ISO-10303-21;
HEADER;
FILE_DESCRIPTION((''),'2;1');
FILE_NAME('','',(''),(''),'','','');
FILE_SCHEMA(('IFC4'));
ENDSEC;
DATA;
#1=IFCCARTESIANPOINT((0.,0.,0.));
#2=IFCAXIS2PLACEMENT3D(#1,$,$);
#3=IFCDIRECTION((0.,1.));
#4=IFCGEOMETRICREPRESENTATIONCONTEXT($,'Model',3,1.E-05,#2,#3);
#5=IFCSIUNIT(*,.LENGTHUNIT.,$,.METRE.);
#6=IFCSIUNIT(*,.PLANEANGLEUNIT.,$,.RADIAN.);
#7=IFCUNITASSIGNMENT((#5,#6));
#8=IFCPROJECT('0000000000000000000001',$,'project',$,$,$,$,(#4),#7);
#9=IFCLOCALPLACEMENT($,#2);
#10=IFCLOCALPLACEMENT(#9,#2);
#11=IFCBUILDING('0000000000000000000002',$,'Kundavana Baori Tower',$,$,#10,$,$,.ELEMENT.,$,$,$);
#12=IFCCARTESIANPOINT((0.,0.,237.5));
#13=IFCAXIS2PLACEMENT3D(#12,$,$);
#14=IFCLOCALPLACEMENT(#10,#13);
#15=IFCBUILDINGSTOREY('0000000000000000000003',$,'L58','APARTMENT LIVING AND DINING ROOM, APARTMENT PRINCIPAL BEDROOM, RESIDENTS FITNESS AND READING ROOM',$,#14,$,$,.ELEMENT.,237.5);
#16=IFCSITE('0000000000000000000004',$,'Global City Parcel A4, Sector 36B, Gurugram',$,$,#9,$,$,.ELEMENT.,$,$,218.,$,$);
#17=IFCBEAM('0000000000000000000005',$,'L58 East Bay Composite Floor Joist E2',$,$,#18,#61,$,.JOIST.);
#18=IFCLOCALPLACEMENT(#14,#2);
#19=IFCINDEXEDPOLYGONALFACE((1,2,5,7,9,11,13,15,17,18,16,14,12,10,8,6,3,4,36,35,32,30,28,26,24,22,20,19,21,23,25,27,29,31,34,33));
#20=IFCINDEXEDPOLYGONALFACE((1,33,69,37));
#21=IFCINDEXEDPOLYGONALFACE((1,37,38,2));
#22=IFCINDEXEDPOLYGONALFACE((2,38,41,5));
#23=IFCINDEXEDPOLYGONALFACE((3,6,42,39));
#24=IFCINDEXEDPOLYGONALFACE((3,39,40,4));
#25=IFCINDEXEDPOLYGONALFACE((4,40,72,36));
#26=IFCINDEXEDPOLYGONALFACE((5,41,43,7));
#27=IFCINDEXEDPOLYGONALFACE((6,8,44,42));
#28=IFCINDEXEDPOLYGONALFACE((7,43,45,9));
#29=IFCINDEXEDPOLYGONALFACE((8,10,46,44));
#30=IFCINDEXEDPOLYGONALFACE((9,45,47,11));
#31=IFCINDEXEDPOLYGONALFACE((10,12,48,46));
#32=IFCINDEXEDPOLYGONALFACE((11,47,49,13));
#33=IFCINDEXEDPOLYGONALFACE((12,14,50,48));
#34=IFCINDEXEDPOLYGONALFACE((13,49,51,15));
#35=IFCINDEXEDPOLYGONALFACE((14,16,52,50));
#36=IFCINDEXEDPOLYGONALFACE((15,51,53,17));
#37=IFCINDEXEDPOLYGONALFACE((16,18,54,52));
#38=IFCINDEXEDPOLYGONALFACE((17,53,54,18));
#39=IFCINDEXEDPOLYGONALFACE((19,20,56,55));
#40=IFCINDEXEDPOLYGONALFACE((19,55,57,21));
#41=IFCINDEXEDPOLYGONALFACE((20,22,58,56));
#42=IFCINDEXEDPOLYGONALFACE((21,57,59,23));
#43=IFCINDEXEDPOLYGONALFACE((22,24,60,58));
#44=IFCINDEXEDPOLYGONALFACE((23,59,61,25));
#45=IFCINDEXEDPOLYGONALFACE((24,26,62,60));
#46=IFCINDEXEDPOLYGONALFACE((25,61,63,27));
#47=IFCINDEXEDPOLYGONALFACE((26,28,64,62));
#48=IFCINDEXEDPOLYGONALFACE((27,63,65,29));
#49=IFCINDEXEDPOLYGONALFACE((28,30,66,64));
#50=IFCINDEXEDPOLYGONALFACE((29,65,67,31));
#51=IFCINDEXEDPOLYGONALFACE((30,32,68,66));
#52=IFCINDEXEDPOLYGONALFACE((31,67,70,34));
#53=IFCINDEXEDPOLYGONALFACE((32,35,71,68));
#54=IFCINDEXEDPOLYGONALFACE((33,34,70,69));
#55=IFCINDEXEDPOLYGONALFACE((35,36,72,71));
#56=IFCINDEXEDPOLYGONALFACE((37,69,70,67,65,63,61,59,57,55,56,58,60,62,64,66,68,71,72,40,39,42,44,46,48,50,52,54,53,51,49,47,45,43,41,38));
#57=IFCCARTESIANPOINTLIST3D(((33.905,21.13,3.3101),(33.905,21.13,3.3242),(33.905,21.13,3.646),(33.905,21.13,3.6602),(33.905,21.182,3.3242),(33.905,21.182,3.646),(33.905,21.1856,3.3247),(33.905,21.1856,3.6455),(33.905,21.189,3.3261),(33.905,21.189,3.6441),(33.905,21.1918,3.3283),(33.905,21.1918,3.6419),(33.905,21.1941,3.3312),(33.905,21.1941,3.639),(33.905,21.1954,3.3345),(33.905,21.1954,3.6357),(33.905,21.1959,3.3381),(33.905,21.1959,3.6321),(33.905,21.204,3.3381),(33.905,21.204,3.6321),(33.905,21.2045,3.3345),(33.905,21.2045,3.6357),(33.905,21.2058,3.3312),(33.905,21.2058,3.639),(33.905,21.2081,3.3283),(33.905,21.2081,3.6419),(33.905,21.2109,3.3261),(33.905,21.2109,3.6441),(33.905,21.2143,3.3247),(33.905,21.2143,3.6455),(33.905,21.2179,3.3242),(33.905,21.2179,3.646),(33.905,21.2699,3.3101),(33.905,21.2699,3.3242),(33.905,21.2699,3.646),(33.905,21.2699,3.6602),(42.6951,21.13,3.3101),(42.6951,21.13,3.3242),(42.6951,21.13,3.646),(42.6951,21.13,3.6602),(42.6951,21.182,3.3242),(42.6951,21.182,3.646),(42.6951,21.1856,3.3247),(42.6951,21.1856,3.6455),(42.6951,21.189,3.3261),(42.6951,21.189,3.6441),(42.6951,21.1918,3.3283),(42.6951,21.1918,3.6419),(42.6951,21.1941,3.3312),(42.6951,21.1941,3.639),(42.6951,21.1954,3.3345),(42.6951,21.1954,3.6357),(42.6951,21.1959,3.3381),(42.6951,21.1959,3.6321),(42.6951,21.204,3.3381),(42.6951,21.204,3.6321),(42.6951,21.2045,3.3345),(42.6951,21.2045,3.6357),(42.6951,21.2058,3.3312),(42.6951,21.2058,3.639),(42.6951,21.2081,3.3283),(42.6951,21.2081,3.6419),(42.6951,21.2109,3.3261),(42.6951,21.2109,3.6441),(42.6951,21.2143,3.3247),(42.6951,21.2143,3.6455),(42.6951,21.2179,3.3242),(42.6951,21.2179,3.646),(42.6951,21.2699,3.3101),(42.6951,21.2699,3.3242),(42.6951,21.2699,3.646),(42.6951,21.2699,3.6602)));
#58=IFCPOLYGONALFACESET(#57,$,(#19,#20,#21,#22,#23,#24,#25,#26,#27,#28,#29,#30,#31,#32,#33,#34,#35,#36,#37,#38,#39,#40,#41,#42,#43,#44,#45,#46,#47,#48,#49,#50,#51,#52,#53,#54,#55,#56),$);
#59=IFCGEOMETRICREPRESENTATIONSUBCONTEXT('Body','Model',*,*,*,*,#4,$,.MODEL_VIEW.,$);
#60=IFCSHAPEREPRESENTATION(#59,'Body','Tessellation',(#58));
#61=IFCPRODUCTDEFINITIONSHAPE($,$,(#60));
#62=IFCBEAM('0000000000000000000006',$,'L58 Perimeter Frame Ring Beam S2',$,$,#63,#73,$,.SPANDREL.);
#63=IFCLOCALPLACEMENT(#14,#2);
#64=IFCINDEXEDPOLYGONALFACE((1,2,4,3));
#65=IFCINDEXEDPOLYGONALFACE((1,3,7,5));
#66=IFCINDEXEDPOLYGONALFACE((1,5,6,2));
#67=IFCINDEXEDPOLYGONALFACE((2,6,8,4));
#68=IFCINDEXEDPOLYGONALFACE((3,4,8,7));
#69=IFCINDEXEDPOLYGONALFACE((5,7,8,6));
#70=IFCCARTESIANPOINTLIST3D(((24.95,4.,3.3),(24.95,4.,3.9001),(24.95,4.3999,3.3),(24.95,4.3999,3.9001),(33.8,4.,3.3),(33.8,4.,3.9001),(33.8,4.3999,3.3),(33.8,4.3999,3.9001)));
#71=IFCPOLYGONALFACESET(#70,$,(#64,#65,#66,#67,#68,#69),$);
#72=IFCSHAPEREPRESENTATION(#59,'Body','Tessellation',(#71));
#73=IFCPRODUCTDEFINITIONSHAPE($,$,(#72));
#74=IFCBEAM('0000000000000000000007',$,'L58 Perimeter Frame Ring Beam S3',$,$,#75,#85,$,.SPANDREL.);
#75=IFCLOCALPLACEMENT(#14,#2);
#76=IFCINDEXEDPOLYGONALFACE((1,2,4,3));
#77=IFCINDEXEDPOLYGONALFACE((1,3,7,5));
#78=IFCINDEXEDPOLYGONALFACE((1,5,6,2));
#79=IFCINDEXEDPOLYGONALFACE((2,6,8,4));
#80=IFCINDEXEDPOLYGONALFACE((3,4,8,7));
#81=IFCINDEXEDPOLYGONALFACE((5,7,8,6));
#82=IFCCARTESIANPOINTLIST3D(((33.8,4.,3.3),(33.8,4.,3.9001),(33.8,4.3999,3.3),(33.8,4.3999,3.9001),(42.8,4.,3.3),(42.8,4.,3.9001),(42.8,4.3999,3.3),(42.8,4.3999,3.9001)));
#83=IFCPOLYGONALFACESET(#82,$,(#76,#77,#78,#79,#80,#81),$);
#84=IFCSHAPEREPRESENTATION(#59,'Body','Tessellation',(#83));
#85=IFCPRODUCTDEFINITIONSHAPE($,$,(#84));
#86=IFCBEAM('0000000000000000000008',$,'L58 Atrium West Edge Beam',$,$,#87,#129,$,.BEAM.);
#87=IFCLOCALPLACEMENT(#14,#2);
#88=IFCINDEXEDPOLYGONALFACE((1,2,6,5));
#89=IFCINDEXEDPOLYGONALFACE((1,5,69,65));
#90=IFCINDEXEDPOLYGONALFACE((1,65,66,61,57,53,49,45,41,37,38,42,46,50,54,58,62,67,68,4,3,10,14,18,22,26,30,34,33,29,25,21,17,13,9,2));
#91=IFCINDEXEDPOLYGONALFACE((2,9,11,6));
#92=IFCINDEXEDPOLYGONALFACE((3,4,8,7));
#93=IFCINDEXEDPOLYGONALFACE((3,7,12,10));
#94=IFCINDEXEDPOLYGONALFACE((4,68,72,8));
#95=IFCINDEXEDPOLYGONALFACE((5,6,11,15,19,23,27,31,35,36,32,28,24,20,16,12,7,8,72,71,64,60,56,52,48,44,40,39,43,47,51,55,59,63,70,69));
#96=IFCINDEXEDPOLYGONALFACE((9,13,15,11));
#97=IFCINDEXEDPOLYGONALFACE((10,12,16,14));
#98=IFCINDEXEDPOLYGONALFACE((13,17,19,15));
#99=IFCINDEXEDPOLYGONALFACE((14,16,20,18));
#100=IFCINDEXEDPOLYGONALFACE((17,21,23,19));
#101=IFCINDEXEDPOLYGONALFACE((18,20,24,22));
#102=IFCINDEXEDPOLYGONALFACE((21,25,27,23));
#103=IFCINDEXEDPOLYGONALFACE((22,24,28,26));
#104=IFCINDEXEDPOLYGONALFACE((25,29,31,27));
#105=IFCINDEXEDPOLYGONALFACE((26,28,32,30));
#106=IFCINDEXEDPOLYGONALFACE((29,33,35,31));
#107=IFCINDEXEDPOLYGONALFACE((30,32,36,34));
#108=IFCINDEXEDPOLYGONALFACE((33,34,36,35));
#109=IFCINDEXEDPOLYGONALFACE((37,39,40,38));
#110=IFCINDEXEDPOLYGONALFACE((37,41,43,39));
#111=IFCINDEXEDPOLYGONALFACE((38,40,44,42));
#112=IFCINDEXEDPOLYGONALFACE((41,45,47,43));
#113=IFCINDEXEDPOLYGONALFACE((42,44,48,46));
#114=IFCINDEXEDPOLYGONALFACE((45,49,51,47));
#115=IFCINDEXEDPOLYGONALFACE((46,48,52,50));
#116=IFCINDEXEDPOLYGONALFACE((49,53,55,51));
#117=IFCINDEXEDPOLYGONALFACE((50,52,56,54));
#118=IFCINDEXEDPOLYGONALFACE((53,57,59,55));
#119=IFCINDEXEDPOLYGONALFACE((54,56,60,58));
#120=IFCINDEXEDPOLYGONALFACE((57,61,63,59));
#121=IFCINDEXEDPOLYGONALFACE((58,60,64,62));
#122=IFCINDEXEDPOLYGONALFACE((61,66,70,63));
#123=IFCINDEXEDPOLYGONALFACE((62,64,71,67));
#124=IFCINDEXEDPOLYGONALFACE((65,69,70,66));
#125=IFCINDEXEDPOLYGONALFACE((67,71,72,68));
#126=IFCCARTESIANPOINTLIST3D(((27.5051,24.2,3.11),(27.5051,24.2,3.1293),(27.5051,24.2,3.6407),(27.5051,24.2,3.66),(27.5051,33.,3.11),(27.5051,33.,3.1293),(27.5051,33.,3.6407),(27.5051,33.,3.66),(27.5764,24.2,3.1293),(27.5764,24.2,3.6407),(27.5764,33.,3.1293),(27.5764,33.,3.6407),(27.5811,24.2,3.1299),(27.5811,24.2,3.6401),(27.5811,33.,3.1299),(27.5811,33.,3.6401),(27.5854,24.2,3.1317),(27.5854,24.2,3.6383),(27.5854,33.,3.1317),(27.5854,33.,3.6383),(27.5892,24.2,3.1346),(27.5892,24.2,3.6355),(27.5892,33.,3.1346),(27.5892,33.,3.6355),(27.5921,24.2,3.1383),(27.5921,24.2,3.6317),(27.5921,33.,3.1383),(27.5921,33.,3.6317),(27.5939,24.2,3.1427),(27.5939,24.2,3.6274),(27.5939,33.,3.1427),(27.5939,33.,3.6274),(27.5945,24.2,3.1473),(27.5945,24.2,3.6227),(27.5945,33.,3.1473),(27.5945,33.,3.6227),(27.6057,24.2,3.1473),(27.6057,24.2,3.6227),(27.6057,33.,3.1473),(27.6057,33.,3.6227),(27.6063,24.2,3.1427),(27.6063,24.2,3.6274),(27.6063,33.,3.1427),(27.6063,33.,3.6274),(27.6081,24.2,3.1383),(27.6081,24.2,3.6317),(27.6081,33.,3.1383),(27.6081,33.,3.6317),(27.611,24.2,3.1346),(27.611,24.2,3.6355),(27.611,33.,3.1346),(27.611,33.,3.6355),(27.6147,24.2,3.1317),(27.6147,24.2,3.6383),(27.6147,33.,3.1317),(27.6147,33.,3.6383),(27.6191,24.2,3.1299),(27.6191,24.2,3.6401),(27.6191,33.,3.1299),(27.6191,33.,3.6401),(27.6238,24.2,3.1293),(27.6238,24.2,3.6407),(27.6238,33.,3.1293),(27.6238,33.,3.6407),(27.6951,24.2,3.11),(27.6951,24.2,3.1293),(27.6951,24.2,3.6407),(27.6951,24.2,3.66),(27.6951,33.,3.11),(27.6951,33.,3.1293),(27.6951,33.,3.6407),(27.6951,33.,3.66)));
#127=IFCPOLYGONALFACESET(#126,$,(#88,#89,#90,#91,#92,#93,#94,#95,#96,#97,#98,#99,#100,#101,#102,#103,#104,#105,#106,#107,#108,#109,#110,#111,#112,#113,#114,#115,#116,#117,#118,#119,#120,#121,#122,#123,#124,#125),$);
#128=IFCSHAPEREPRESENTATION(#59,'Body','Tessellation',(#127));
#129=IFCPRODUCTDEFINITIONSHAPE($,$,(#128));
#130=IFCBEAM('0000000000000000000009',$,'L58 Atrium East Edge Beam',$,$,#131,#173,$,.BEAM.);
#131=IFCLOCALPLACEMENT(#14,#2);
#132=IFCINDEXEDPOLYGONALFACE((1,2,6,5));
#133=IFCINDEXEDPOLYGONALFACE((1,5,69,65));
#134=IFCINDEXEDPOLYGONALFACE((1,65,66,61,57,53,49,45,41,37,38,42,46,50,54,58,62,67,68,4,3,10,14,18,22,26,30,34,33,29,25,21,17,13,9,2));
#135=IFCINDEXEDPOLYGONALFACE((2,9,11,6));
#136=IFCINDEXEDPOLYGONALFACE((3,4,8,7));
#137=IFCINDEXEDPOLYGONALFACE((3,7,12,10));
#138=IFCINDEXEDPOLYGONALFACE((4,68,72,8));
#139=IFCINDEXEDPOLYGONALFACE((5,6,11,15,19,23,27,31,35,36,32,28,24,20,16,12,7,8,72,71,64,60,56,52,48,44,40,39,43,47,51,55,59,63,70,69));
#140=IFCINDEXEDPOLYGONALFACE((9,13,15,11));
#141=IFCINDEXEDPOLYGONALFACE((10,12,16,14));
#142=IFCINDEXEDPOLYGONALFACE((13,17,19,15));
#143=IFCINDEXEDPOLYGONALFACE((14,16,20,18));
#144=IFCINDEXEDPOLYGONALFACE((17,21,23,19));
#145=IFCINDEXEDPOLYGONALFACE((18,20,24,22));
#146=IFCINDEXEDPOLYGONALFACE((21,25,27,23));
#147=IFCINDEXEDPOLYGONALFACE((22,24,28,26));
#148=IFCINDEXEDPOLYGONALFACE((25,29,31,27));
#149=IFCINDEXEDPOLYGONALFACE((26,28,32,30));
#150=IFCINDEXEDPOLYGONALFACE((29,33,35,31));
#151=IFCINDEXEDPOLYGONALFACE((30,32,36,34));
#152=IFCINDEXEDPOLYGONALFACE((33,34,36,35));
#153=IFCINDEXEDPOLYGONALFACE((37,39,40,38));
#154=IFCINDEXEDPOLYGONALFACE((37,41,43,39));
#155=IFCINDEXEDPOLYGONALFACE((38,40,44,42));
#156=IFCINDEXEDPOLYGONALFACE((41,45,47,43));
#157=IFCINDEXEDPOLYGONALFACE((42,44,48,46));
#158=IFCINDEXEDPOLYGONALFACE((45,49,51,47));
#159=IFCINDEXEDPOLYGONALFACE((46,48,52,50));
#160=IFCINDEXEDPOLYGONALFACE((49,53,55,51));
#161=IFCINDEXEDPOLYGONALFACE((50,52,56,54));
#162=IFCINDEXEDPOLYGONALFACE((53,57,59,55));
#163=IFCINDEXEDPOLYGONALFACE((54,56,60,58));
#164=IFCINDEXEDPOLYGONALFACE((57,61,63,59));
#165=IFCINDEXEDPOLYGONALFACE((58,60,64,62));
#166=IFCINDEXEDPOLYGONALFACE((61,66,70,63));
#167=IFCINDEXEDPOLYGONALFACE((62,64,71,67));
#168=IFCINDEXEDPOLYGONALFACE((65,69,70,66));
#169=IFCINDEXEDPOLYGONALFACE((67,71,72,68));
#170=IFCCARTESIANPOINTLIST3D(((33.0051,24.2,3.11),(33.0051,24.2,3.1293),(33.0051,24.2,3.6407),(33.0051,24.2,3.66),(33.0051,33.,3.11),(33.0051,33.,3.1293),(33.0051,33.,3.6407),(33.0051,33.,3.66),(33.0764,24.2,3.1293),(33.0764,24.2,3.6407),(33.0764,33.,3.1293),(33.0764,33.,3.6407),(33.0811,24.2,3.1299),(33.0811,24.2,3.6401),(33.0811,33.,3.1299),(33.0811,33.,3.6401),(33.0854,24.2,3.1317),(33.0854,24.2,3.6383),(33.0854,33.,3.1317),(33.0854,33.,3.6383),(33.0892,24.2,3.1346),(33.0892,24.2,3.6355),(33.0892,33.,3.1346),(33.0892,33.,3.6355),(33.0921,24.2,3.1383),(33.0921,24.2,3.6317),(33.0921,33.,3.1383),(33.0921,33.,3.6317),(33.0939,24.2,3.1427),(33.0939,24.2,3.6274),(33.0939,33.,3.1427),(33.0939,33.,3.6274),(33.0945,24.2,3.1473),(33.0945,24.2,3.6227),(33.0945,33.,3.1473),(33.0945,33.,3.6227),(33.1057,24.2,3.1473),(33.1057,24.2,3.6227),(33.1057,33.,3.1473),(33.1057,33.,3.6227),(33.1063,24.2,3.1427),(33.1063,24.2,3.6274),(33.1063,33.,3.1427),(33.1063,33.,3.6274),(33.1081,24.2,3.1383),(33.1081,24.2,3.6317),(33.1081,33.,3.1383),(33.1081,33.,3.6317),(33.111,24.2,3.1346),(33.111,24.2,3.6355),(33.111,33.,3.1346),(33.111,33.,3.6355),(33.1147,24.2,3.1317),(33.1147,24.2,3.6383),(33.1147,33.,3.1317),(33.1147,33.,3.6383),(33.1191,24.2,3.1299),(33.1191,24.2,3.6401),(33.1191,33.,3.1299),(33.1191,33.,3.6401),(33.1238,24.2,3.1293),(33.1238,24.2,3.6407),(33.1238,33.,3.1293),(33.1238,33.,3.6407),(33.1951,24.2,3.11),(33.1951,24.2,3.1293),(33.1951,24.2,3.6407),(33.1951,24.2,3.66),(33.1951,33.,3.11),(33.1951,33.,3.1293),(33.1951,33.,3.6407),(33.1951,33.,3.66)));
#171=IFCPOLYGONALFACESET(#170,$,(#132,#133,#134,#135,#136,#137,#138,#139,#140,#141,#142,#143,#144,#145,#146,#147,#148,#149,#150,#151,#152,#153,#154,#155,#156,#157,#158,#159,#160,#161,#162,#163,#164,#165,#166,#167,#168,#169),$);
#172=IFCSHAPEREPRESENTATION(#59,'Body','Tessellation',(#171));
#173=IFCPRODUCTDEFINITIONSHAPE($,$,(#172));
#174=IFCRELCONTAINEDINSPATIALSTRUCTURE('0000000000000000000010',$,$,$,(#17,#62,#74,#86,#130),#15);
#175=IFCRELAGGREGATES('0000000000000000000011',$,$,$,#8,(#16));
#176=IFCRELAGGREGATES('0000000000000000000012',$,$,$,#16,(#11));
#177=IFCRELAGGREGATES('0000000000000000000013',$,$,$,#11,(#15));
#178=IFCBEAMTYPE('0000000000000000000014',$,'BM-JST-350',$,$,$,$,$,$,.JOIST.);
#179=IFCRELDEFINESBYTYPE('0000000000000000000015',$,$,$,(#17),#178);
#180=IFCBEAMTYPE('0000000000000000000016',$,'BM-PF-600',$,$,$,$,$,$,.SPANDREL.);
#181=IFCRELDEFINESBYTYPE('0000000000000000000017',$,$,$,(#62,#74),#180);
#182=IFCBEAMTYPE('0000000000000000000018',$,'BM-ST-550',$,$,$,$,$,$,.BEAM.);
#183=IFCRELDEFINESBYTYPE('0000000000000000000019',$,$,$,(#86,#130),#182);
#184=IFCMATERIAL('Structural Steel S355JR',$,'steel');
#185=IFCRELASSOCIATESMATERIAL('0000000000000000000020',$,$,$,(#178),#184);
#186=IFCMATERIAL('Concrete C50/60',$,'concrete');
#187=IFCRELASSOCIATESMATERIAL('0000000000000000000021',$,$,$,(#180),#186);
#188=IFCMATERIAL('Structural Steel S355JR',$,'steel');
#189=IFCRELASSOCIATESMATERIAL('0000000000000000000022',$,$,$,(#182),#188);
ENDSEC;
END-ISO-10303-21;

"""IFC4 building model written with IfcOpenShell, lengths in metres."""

from ifc_helpers import new_model, si_unit, direction, frame, origin, origin_2d, place, context, subcontext, project, spatial, rectangle, i_section, extrude, material, material_profile, profile_set, type_object, element, save


model = new_model("IFC4")

# Units and contexts
model_context = context("Model", 3, precision=1e-05, world=origin(), true_north=direction((0.0, 1.0)))
body_context = subcontext(model_context, "Body", "Model", "MODEL_VIEW")
ifc_project = project(units=[si_unit("LENGTHUNIT", "METRE"), si_unit("PLANEANGLEUNIT", "RADIAN")], contexts=[model_context])

# Site, building, storey
site_placement = place(None, origin())
site = spatial("IfcSite", under=ifc_project, at=site_placement, Name="Global City Parcel A4, Sector 36B, Gurugram", CompositionType="ELEMENT", RefElevation=218.0)
building_placement = place(site_placement, origin())
building = spatial("IfcBuilding", under=site, at=building_placement, Name="Kundavana Baori Tower", CompositionType="ELEMENT")
storey_placement = place(building_placement, frame((0.0, 0.0, 237.5)))
storey = spatial("IfcBuildingStorey", under=building, at=storey_placement, Name="L58", Description="APARTMENT LIVING AND DINING ROOM, APARTMENT PRINCIPAL BEDROOM, RESIDENTS FITNESS AND READING ROOM", CompositionType="ELEMENT", Elevation=237.5)

# Beams
ifc_material_1 = material(Name="Structural Steel S355JR", Category="steel")
ifc_material_profile_1 = material_profile(ifc_material_1, i_section(OverallWidth=0.1399, OverallDepth=0.3501, WebThickness=0.0081, FlangeThickness=0.0142, FilletRadius=0.0139, at=origin_2d()), Name="ISMB 350")
ifc_profile_set_1 = profile_set([ifc_material_profile_1], Name="Structural Steel S355JR")
beam_type_1 = type_object("IfcBeamType", Name="BM-JST-350", PredefinedType="JOIST", material=ifc_profile_set_1)
for number, where, z_axis, x_axis, name in (
    (1, (33.905, 21.2, 3.4851), (1.0, 0.0, 0.0), (0.0, 1.0, 0.0), "L58 East Bay Composite Floor Joist E2"),
):
    element("IfcBeam", number, at=place(storey_placement, frame(where, z_axis=z_axis, x_axis=x_axis)), inside=storey, type_object=beam_type_1, Name=name, PredefinedType="JOIST", context=body_context, shape_type="SweptSolid", body=[
        extrude(i_section(OverallWidth=0.1399, OverallDepth=0.3501, WebThickness=0.0081, FlangeThickness=0.0142, FilletRadius=0.0139, at=origin_2d()), origin(), (0.0, 0.0, 1.0), 8.79),
    ])
ifc_material_2 = material(Name="Concrete C50/60", Category="concrete")
ifc_material_profile_2 = material_profile(ifc_material_2, rectangle(XDim=0.3999, YDim=0.6001, at=origin_2d()), Name="RC BM 400x600")
ifc_profile_set_2 = profile_set([ifc_material_profile_2], Name="Concrete C50/60")
beam_type_2 = type_object("IfcBeamType", Name="BM-PF-600", PredefinedType="SPANDREL", material=ifc_profile_set_2)
beam_1_placement = place(storey_placement, frame((24.95, 4.2, 3.6001), z_axis=(1.0, 0.0, 0.0), x_axis=(0.0, 1.0, 0.0)))
element("IfcBeam", 2, at=beam_1_placement, inside=storey, type_object=beam_type_2, Name="L58 Perimeter Frame Ring Beam S2", PredefinedType="SPANDREL", context=body_context, shape_type="SweptSolid", body=[
    extrude(rectangle(XDim=0.3999, YDim=0.6001, at=origin_2d()), origin(), (0.0, 0.0, 1.0), 8.8501),
])
beam_2_placement = place(storey_placement, frame((33.8, 4.2, 3.6001), z_axis=(1.0, 0.0, 0.0), x_axis=(0.0, 1.0, 0.0)))
element("IfcBeam", 3, at=beam_2_placement, inside=storey, type_object=beam_type_2, Name="L58 Perimeter Frame Ring Beam S3", PredefinedType="SPANDREL", context=body_context, shape_type="SweptSolid", body=[
    extrude(rectangle(XDim=0.3999, YDim=0.6001, at=origin_2d()), origin(), (0.0, 0.0, 1.0), 9.0),
])
ifc_material_3 = material(Name="Structural Steel S355JR", Category="steel")
ifc_material_profile_3 = material_profile(ifc_material_3, i_section(OverallWidth=0.1899, OverallDepth=0.55, WebThickness=0.0112, FlangeThickness=0.0193, FilletRadius=0.0181, at=origin_2d()), Name="ISMB 550")
ifc_profile_set_3 = profile_set([ifc_material_profile_3], Name="Structural Steel S355JR")
beam_type_3 = type_object("IfcBeamType", Name="BM-ST-550", PredefinedType="BEAM", material=ifc_profile_set_3)
for number, where, z_axis, x_axis, name in (
    (4, (27.6001, 24.2, 3.385), (0.0, 1.0, 0.0), (-1.0, 0.0, 0.0), "L58 Atrium West Edge Beam"),
    (5, (33.1001, 24.2, 3.385), (0.0, 1.0, 0.0), (-1.0, 0.0, 0.0), "L58 Atrium East Edge Beam"),
):
    element("IfcBeam", number, at=place(storey_placement, frame(where, z_axis=z_axis, x_axis=x_axis)), inside=storey, type_object=beam_type_3, Name=name, PredefinedType="BEAM", context=body_context, shape_type="SweptSolid", body=[
        extrude(i_section(OverallWidth=0.1899, OverallDepth=0.55, WebThickness=0.0112, FlangeThickness=0.0193, FilletRadius=0.0181, at=origin_2d()), origin(), (0.0, 0.0, 1.0), 8.8),
    ])

save(model, "model.ifc")
